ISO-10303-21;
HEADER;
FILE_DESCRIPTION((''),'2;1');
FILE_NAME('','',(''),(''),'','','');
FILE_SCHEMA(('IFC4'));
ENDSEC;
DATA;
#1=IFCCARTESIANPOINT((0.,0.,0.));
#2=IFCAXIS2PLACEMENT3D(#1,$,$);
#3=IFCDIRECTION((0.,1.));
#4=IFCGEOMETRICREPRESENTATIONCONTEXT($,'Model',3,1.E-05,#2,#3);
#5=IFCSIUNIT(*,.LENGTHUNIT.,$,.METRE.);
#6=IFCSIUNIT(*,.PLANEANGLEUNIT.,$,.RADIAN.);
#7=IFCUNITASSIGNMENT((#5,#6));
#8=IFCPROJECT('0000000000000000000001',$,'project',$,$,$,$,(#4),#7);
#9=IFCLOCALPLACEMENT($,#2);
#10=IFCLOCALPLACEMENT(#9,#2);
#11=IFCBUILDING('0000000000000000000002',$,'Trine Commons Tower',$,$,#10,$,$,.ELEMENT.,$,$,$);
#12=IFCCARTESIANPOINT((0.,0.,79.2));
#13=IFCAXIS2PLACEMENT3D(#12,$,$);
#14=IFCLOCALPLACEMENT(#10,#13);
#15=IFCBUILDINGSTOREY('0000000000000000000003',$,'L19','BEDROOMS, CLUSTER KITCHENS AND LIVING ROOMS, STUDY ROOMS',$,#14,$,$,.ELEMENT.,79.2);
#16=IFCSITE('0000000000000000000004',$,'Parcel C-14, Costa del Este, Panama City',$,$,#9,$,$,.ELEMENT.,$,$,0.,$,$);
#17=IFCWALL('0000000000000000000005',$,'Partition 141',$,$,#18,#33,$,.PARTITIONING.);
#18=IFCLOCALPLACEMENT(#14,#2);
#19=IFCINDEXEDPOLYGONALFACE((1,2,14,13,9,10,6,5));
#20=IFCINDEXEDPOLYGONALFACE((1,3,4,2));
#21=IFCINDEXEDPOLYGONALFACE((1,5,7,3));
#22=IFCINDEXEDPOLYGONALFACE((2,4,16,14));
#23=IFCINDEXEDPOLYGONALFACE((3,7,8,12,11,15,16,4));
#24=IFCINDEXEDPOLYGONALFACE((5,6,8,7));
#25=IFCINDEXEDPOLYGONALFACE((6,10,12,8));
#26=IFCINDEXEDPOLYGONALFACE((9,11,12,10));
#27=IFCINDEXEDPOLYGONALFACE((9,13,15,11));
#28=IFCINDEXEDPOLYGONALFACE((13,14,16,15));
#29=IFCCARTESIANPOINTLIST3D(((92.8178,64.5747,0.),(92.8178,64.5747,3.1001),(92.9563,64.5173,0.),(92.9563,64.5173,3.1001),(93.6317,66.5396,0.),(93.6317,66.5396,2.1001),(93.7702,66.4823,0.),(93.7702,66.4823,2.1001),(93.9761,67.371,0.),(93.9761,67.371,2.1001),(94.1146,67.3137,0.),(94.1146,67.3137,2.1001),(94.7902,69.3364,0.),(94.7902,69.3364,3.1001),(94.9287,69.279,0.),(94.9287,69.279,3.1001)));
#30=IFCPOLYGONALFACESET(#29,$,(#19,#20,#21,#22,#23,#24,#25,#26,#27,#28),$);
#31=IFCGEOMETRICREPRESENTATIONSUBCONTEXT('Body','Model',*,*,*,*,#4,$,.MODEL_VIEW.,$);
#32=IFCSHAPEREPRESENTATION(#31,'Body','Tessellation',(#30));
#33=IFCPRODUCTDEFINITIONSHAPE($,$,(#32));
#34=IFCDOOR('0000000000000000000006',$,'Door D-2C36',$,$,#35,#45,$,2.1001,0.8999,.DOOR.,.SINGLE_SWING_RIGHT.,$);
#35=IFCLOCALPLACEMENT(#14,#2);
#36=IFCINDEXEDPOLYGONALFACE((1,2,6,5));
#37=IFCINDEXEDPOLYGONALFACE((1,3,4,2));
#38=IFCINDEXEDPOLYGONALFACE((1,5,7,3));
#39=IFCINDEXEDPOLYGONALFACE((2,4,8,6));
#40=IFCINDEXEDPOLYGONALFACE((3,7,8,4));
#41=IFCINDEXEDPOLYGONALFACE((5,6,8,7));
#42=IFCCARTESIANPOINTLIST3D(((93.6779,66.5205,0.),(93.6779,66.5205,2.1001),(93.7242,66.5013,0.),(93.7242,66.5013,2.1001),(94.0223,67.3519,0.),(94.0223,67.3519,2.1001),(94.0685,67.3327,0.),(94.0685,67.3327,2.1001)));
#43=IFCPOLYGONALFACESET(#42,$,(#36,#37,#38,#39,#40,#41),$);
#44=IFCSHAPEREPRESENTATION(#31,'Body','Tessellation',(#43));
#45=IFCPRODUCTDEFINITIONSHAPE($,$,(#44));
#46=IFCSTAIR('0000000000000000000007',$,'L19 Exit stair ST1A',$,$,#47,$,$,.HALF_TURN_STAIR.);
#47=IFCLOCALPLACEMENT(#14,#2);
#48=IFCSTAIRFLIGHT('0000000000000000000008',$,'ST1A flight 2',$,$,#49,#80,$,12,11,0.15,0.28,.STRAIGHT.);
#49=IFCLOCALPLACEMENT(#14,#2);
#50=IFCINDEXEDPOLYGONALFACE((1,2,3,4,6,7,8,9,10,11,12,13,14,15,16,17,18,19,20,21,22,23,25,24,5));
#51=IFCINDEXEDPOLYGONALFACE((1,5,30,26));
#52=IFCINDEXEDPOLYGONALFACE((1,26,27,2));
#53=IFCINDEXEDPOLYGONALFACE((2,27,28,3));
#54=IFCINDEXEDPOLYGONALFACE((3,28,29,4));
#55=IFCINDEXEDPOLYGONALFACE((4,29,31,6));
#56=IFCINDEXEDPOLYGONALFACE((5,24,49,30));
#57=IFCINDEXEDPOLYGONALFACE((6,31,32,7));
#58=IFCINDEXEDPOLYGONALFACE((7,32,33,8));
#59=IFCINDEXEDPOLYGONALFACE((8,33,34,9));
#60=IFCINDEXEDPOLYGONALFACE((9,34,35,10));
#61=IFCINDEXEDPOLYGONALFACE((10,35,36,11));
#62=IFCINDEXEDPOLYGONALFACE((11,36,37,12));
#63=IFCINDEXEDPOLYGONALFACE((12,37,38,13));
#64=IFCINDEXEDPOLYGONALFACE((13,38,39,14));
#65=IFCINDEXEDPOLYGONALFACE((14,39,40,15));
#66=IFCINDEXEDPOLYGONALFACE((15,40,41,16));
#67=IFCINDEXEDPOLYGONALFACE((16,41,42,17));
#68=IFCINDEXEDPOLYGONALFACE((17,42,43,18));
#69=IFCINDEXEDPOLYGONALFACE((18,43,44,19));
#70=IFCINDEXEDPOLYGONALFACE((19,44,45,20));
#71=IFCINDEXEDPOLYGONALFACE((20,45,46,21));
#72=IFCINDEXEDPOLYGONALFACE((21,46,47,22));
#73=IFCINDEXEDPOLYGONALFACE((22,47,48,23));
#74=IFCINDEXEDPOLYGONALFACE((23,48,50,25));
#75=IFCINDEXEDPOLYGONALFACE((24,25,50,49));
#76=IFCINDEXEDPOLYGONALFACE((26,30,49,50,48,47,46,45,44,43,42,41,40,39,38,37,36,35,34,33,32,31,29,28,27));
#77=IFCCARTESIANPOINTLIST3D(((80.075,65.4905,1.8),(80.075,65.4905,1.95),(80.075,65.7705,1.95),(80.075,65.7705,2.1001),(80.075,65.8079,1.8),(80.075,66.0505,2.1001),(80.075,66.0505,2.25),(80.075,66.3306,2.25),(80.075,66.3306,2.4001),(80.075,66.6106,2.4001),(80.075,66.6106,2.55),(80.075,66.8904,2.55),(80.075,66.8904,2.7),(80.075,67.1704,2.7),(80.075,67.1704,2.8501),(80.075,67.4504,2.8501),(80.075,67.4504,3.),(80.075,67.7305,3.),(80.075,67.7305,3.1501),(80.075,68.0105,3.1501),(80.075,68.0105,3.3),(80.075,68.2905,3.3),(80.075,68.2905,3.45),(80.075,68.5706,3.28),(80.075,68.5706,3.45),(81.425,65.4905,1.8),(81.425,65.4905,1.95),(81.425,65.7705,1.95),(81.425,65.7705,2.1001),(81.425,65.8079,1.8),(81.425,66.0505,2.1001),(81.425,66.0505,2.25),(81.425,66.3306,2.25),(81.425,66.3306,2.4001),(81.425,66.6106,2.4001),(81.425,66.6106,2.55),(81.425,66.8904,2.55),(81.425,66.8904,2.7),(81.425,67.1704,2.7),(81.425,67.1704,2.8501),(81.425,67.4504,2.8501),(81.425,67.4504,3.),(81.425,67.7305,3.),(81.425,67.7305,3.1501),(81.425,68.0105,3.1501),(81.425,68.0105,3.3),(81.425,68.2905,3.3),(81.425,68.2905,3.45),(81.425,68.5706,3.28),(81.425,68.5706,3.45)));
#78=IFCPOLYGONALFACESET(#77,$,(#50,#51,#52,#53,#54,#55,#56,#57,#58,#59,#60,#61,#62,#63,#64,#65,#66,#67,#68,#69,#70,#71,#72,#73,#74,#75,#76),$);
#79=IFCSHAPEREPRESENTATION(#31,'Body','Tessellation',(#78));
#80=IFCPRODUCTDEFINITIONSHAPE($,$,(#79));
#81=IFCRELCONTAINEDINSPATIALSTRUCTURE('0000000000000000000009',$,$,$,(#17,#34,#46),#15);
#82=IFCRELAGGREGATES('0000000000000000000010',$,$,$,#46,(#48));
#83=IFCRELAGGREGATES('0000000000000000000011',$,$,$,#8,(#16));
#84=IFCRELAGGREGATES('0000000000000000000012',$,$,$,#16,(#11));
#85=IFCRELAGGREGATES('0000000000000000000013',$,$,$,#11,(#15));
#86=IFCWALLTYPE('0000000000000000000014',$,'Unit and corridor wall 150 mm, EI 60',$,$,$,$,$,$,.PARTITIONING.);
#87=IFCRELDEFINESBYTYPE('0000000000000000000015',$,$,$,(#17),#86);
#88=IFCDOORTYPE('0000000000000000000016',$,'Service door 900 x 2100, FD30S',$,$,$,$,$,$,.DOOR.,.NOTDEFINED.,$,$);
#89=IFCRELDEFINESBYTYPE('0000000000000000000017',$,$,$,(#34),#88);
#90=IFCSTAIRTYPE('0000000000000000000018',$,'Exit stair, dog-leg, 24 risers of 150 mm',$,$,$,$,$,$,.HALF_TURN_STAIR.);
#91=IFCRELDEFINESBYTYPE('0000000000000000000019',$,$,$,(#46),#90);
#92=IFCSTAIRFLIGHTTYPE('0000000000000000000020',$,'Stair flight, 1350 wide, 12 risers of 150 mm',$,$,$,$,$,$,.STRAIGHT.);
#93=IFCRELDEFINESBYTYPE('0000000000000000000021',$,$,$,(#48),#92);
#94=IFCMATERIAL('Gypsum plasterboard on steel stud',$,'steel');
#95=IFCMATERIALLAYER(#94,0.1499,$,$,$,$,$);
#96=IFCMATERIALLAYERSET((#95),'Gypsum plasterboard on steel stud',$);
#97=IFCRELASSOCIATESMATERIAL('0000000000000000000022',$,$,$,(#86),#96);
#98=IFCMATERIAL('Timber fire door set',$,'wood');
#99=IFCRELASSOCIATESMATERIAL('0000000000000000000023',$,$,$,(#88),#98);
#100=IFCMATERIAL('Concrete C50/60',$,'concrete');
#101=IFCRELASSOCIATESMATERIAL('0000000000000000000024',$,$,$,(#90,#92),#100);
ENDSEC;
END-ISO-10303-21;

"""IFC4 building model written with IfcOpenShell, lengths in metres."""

from ifc_helpers import new_model, si_unit, direction, frame, frame_2d, origin, place, context, subcontext, project, spatial, polyline, rectangle, outline, extrude, material, layer, layer_set, type_object, element, fill, aggregate, save


model = new_model("IFC4")

# Units and contexts
model_context = context("Model", 3, precision=1e-05, world=origin(), true_north=direction((0.0, 1.0)))
body_context = subcontext(model_context, "Body", "Model", "MODEL_VIEW")
ifc_project = project(units=[si_unit("LENGTHUNIT", "METRE"), si_unit("PLANEANGLEUNIT", "RADIAN")], contexts=[model_context])

# Site, building, storey
site_placement = place(None, origin())
site = spatial("IfcSite", under=ifc_project, at=site_placement, Name="Parcel C-14, Costa del Este, Panama City", CompositionType="ELEMENT", RefElevation=0.0)
building_placement = place(site_placement, origin())
building = spatial("IfcBuilding", under=site, at=building_placement, Name="Trine Commons Tower", CompositionType="ELEMENT")
storey_placement = place(building_placement, frame((0.0, 0.0, 79.2)))
storey = spatial("IfcBuildingStorey", under=building, at=storey_placement, Name="L19", Description="BEDROOMS, CLUSTER KITCHENS AND LIVING ROOMS, STUDY ROOMS", CompositionType="ELEMENT", Elevation=79.2)

# Shared definitions
ifc_material_1 = material(Name="Concrete C50/60", Category="concrete")

# Shared definitions
ifc_material_2 = material(Name="Gypsum plasterboard on steel stud", Category="steel")
ifc_layer_1 = layer(ifc_material_2, 0.1499)
ifc_layer_set_1 = layer_set([ifc_layer_1], Name="Gypsum plasterboard on steel stud")
wall_type_1 = type_object("IfcWallType", Name="Unit and corridor wall 150 mm, EI 60", PredefinedType="PARTITIONING", material=ifc_layer_set_1)

# Wall, opening, door
wall_1_placement = place(storey_placement, frame((92.887, 64.5459, 0.0), z_axis=(0.0, 0.0, 1.0), x_axis=(0.382691, 0.923877, 0.0)))
wall_1 = element("IfcWall", 1, at=wall_1_placement, inside=storey, type_object=wall_type_1, Name="Partition 141", PredefinedType="PARTITIONING", context=body_context, shape_type="SweptSolid", body=[
    extrude(rectangle(XDim=5.1541, YDim=0.1499, at=frame_2d((2.5771, 0.0))), origin(), (0.0, 0.0, 1.0), 3.1001),
])
opening_1_placement = place(wall_1_placement, frame((2.127, 0.0, 0.0)))
opening_1 = element("IfcOpeningElement", 2, at=opening_1_placement, cuts=wall_1, PredefinedType="OPENING", context=body_context, shape_type="SweptSolid", body=[
    extrude(rectangle(XDim=0.8999, YDim=2.1001, at=frame_2d((0.45, 1.05))), frame((0.0, 0.085, 0.0), z_axis=(0.0, -1.0, 0.0), x_axis=(1.0, 0.0, 0.0)), (0.0, 0.0, 1.0), 0.1699),
])
ifc_material_3 = material(Name="Timber fire door set", Category="wood")
door_type_1 = type_object("IfcDoorType", Name="Service door 900 x 2100, FD30S", OperationType="NOTDEFINED", PredefinedType="DOOR", material=ifc_material_3)
door_1_placement = place(opening_1_placement, origin())
door_1 = element("IfcDoor", 3, at=door_1_placement, inside=storey, type_object=door_type_1, Name="Door D-2C36", OperationType="SINGLE_SWING_RIGHT", OverallHeight=2.1001, OverallWidth=0.8999, PredefinedType="DOOR", context=body_context, shape_type="SweptSolid", body=[
    extrude(rectangle(XDim=0.8999, YDim=2.1001, at=frame_2d((0.45, 1.05))), frame((0.0, 0.0249, 0.0), z_axis=(0.0, -1.0, 0.0), x_axis=(1.0, 0.0, 0.0)), (0.0, 0.0, 1.0), 0.05),
])
fill(opening_1, door_1)

# Stair, stair flight
stair_type = type_object("IfcStairType", Name="Exit stair, dog-leg, 24 risers of 150 mm", PredefinedType="HALF_TURN_STAIR", material=ifc_material_1)
stair_placement = place(storey_placement, origin())
stair = element("IfcStair", 4, at=stair_placement, inside=storey, type_object=stair_type, Name="L19 Exit stair ST1A", PredefinedType="HALF_TURN_STAIR")
stair_flight_type = type_object("IfcStairFlightType", Name="Stair flight, 1350 wide, 12 risers of 150 mm", PredefinedType="STRAIGHT", material=ifc_material_1)
stair_flight_placement = place(storey_placement, frame((80.75, 65.4905, 1.8), z_axis=(0.0, 0.0, 1.0), x_axis=(0.0, 1.0, 0.0)))
stair_flight = element("IfcStairFlight", 5, at=stair_flight_placement, type_object=stair_flight_type, Name="ST1A flight 2", NumberOfRisers=12, NumberOfTreads=11, PredefinedType="STRAIGHT", RiserHeight=0.15, TreadLength=0.28, context=body_context, shape_type="SweptSolid", body=[
    extrude(outline(polyline([(0.0, 0.0), (0.0, 0.1499), (0.28, 0.1499), (0.28, 0.3), (0.5601, 0.3), (0.5601, 0.45), (0.8401, 0.45), (0.8401, 0.6001), (1.1201, 0.6001), (1.1201, 0.75), (1.3999, 0.75), (1.3999, 0.8999), (1.6799, 0.8999), (1.6799, 1.05), (1.96, 1.05), (1.96, 1.2), (2.24, 1.2), (2.24, 1.3501), (2.52, 1.3501), (2.52, 1.5), (2.8, 1.5), (2.8, 1.6499), (3.0801, 1.6499), (3.0801, 1.8), (3.0801, 1.48), (0.3174, 0.0), (0.0, 0.0)])), frame((0.0, 0.675, 0.0), z_axis=(0.0, -1.0, 0.0), x_axis=(1.0, 0.0, 0.0)), (0.0, 0.0, 1.0), 1.3501),
])
aggregate(stair, [stair_flight])

save(model, "model.ifc")
